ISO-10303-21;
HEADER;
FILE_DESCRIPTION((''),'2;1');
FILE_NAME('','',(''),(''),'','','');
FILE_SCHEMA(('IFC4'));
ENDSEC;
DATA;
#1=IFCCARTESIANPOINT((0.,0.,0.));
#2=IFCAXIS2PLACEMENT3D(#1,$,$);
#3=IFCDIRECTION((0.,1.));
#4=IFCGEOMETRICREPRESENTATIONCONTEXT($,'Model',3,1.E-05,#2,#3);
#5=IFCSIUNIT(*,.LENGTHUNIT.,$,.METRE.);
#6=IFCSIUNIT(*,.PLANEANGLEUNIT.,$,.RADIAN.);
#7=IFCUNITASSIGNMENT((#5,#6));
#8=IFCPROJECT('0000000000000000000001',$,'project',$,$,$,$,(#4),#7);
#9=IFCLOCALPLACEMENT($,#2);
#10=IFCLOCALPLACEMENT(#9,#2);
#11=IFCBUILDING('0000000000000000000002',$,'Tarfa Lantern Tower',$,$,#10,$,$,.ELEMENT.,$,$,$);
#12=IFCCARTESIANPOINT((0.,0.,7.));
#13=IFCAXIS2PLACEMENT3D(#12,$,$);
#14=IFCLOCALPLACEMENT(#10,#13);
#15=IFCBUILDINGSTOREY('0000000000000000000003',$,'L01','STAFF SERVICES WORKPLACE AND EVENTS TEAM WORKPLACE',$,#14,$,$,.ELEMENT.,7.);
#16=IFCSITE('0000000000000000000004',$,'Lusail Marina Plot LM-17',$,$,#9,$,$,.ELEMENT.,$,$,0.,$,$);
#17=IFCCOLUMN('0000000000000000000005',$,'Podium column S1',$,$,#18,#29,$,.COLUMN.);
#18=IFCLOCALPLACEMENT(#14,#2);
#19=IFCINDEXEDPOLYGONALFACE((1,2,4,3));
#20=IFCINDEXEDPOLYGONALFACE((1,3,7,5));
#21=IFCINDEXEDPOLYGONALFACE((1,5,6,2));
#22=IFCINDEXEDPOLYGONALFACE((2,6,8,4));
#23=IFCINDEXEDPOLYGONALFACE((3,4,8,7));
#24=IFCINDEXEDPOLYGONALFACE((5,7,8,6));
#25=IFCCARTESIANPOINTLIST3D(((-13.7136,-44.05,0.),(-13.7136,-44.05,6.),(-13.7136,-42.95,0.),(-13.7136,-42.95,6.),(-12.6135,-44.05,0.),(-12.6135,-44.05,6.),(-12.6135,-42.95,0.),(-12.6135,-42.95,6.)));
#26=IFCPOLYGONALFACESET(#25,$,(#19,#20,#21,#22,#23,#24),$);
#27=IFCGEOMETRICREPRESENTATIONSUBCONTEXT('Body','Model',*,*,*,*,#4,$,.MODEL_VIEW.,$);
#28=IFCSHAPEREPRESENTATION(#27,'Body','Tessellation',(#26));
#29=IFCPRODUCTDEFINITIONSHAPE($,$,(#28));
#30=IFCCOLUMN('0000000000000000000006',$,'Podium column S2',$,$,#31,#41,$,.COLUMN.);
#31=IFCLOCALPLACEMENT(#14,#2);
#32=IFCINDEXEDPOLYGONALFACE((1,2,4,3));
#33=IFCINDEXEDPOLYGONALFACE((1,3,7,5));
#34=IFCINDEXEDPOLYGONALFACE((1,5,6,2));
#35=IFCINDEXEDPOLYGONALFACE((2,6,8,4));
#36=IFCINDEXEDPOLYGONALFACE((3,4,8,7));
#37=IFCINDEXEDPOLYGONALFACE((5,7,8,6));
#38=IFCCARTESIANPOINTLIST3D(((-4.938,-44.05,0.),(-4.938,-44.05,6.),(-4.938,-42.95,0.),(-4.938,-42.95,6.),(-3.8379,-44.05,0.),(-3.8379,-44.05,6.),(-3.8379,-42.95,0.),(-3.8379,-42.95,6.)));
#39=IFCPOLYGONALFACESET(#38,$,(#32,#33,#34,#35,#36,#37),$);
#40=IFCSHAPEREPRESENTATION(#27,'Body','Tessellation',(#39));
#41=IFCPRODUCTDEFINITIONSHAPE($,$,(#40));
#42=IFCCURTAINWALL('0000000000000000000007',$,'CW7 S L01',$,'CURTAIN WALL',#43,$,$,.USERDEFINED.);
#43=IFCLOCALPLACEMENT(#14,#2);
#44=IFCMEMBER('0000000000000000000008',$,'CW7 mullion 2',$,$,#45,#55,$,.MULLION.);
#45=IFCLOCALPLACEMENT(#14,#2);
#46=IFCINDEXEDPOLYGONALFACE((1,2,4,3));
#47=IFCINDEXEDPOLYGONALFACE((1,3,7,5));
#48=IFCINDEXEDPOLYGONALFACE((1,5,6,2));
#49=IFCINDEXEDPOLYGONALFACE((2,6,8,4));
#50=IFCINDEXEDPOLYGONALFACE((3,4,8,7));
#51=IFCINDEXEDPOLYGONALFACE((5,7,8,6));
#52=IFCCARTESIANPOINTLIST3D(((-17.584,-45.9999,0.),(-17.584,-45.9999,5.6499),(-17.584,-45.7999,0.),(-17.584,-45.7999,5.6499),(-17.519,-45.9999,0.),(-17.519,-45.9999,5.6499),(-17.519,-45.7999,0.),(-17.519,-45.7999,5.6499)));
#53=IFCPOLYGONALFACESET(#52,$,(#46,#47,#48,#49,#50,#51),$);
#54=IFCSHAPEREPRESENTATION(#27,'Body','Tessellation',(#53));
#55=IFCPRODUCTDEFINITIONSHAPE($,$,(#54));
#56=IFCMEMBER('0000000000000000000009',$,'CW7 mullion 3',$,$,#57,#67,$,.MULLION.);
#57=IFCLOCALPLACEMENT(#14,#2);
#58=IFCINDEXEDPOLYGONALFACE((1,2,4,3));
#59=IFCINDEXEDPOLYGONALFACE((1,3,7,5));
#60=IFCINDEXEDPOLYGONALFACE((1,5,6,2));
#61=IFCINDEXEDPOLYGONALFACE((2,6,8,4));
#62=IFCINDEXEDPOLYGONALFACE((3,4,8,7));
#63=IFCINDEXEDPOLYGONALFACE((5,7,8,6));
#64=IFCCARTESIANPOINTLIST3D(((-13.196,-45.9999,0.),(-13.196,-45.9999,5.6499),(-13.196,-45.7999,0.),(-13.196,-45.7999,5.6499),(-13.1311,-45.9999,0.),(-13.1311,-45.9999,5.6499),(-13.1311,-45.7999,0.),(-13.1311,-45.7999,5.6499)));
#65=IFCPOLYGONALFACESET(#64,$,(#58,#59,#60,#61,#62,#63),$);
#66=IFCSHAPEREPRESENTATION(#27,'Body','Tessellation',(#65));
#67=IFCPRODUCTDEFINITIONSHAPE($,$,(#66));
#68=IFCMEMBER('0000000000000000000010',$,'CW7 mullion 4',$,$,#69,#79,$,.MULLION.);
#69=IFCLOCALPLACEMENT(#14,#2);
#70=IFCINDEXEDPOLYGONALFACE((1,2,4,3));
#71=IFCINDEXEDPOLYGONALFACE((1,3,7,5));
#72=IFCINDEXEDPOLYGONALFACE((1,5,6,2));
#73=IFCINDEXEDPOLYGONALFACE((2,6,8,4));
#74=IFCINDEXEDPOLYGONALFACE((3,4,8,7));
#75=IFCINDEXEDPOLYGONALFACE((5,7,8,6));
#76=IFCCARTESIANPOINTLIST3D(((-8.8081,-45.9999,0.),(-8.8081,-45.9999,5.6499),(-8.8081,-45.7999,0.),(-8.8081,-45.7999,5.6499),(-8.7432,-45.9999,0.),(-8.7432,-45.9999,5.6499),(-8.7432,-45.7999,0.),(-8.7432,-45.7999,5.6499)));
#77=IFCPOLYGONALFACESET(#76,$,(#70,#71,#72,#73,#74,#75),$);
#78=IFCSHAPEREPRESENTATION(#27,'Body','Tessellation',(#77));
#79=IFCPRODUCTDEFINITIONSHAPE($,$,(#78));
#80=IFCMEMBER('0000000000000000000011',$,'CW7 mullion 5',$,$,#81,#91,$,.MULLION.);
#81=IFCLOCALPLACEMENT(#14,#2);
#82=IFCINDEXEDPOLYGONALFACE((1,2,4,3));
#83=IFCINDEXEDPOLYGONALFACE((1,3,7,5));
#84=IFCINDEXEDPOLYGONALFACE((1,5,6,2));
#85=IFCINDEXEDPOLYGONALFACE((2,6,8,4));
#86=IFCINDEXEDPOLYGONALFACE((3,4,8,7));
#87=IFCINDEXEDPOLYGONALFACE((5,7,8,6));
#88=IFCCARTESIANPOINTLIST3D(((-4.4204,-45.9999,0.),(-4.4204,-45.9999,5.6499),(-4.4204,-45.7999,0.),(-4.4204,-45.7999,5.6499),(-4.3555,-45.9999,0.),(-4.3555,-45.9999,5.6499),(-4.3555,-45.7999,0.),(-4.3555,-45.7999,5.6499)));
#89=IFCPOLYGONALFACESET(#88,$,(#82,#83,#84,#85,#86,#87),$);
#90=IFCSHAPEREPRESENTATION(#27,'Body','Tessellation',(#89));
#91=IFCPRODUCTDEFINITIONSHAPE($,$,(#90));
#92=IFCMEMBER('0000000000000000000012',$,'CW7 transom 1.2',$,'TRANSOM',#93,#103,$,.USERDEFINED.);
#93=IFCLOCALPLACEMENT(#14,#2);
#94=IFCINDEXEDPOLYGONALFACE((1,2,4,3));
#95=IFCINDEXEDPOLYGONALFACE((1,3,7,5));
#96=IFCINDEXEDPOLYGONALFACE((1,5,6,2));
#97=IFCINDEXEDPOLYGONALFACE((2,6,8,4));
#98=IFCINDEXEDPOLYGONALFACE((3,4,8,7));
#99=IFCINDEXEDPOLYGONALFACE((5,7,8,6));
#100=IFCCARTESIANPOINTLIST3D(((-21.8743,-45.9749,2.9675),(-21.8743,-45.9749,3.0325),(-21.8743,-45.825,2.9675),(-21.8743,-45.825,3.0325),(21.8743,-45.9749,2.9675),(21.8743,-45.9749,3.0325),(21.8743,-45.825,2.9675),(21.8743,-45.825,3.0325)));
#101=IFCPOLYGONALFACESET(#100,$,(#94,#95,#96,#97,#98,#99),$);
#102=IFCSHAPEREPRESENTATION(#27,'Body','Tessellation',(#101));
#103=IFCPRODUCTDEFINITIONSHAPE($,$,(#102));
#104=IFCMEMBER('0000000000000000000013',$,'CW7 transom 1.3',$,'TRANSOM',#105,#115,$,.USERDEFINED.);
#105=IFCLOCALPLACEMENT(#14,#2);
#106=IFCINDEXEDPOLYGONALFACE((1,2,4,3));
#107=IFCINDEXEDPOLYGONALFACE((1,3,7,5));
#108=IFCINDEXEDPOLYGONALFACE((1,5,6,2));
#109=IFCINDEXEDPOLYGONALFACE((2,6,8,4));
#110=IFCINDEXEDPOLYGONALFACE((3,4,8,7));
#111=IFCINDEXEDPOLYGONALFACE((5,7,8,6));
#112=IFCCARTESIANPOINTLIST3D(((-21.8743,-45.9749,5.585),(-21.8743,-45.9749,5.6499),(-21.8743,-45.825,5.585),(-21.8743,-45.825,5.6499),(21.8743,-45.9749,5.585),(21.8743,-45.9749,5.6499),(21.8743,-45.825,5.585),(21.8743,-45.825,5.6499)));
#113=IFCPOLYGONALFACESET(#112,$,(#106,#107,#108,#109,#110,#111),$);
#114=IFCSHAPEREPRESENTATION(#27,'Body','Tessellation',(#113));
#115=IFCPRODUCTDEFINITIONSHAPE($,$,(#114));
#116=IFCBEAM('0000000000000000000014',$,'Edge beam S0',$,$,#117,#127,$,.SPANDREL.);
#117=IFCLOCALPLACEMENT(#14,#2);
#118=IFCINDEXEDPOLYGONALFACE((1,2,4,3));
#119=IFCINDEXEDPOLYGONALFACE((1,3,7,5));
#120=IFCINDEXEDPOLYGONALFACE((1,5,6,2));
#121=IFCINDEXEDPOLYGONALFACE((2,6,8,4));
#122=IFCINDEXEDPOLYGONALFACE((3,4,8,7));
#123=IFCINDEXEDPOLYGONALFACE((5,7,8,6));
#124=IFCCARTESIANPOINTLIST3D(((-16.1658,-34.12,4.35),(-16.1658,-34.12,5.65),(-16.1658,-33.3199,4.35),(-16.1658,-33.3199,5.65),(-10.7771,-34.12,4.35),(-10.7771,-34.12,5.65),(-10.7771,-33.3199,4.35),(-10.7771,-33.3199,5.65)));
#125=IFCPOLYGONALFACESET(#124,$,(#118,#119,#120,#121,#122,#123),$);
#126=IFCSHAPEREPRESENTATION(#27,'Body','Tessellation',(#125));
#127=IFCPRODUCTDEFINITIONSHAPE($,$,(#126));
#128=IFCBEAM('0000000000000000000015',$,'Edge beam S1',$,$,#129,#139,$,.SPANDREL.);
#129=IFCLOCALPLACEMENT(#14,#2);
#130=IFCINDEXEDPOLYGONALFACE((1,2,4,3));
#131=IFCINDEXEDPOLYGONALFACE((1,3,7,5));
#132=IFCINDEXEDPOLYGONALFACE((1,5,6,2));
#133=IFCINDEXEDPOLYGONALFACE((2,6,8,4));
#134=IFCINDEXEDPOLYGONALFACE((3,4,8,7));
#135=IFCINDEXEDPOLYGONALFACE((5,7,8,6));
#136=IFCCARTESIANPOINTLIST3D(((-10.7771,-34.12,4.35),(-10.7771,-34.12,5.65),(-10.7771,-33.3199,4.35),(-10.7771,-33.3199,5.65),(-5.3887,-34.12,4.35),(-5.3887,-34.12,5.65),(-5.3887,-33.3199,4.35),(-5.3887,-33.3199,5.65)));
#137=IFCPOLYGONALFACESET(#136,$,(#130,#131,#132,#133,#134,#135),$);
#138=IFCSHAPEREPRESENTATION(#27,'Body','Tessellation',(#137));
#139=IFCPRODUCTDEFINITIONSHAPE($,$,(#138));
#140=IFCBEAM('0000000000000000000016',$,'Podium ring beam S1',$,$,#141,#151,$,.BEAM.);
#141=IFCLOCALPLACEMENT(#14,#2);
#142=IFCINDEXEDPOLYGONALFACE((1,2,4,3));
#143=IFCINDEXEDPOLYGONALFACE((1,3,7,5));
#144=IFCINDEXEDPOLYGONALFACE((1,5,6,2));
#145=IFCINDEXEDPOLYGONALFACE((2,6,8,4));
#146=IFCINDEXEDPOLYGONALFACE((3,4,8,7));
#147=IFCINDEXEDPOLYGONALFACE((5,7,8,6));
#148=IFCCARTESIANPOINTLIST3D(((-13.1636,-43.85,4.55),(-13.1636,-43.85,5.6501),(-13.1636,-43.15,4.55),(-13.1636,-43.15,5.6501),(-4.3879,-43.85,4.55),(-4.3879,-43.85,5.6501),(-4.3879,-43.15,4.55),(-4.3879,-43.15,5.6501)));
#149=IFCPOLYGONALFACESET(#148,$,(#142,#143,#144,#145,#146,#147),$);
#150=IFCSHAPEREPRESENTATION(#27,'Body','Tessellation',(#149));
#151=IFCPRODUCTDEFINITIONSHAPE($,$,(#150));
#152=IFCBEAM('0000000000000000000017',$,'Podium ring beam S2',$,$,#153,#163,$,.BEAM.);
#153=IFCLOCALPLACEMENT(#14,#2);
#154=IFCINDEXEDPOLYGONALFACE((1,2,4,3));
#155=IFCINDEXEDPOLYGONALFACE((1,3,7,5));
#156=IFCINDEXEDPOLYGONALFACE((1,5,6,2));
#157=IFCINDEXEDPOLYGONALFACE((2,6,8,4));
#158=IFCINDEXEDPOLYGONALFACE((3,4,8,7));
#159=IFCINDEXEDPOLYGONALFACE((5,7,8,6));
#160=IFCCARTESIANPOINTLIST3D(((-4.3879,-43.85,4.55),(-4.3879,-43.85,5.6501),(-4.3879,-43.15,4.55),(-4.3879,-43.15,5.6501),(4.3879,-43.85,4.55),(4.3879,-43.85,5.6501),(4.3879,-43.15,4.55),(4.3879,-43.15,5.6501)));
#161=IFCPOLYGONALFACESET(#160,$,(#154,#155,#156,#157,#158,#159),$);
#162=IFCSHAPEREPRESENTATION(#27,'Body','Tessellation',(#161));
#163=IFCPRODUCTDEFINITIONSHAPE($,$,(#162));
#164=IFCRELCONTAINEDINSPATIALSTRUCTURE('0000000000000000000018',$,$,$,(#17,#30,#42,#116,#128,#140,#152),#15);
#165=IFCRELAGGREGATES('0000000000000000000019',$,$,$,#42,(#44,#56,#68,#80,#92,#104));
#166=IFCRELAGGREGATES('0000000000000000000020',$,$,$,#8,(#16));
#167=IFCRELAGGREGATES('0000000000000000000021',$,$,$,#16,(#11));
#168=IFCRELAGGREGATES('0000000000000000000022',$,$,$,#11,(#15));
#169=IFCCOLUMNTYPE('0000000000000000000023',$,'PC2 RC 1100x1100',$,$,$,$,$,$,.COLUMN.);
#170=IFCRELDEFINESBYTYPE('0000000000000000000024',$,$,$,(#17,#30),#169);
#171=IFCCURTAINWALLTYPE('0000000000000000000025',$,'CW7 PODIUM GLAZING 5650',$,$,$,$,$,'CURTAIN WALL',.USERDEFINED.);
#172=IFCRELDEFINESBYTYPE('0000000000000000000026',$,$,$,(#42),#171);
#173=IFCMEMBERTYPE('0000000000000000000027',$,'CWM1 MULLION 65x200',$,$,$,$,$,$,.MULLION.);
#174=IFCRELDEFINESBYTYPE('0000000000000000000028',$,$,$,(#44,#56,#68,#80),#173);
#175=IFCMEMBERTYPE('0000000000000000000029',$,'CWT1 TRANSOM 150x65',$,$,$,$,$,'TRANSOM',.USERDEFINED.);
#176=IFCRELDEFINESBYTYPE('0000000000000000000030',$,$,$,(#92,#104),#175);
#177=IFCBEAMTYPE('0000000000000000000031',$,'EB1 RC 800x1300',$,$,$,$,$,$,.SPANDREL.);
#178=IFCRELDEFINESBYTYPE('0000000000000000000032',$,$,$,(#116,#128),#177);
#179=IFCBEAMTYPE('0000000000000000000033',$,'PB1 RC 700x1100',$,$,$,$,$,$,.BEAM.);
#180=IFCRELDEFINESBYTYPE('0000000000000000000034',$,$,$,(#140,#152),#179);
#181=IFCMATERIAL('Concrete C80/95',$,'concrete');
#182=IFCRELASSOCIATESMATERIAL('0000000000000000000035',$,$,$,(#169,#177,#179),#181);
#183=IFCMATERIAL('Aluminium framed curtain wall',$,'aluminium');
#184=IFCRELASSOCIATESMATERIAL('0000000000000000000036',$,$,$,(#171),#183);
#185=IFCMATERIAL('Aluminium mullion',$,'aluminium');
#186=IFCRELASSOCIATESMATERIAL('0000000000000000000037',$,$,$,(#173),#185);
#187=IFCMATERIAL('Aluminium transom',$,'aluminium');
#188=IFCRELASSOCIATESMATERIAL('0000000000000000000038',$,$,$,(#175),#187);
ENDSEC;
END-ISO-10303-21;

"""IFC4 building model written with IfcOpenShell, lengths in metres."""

from ifc_helpers import new_model, si_unit, direction, frame, origin, origin_2d, place, context, subcontext, project, spatial, rectangle, extrude, material, material_profile, profile_set, type_object, element, aggregate, save


model = new_model("IFC4")

# Units and contexts
model_context = context("Model", 3, precision=1e-05, world=origin(), true_north=direction((0.0, 1.0)))
body_context = subcontext(model_context, "Body", "Model", "MODEL_VIEW")
ifc_project = project(units=[si_unit("LENGTHUNIT", "METRE"), si_unit("PLANEANGLEUNIT", "RADIAN")], contexts=[model_context])

# Site, building, storey
site_placement = place(None, origin())
site = spatial("IfcSite", under=ifc_project, at=site_placement, Name="Lusail Marina Plot LM-17", CompositionType="ELEMENT", RefElevation=0.0)
building_placement = place(site_placement, origin())
building = spatial("IfcBuilding", under=site, at=building_placement, Name="Tarfa Lantern Tower", CompositionType="ELEMENT")
storey_placement = place(building_placement, frame((0.0, 0.0, 7.0)))
storey = spatial("IfcBuildingStorey", under=building, at=storey_placement, Name="L01", Description="STAFF SERVICES WORKPLACE AND EVENTS TEAM WORKPLACE", CompositionType="ELEMENT", Elevation=7.0)

# Columns
ifc_material_1 = material(Name="Concrete C80/95", Category="concrete")
ifc_material_profile_1 = material_profile(ifc_material_1, rectangle(XDim=1.1001, YDim=1.1001, at=origin_2d()), Name="RC 1100x1100")
ifc_profile_set_1 = profile_set([ifc_material_profile_1], Name="Concrete C80/95")
column_type = type_object("IfcColumnType", Name="PC2 RC 1100x1100", PredefinedType="COLUMN", material=ifc_profile_set_1)
for number, where, z_axis, x_axis, name in (
    (1, (-13.1636, -43.5, 0.0), (0.0, 0.0, 1.0), (1.0, 0.0, 0.0), "Podium column S1"),
    (2, (-4.3879, -43.5, 0.0), (0.0, 0.0, 1.0), (1.0, 0.0, 0.0), "Podium column S2"),
):
    element("IfcColumn", number, at=place(storey_placement, frame(where, z_axis=z_axis, x_axis=x_axis)), inside=storey, type_object=column_type, Name=name, PredefinedType="COLUMN", context=body_context, shape_type="SweptSolid", body=[
        extrude(rectangle(XDim=1.1001, YDim=1.1001, at=origin_2d()), origin(), (0.0, 0.0, 1.0), 6.0),
    ])

# Curtain wall, members
ifc_material_2 = material(Name="Aluminium framed curtain wall", Category="aluminium")
curtain_wall_type = type_object("IfcCurtainWallType", Name="CW7 PODIUM GLAZING 5650", ElementType="CURTAIN WALL", PredefinedType="USERDEFINED", material=ifc_material_2)
curtain_wall_placement = place(storey_placement, origin())
curtain_wall = element("IfcCurtainWall", 3, at=curtain_wall_placement, inside=storey, type_object=curtain_wall_type, Name="CW7 S L01", ObjectType="CURTAIN WALL", PredefinedType="USERDEFINED")
ifc_material_3 = material(Name="Aluminium mullion", Category="aluminium")
ifc_material_profile_2 = material_profile(ifc_material_3, rectangle(XDim=0.0649, YDim=0.2, at=origin_2d()), Name="AL MULLION 65x200")
ifc_profile_set_2 = profile_set([ifc_material_profile_2], Name="Aluminium mullion")
member_type_1 = type_object("IfcMemberType", Name="CWM1 MULLION 65x200", PredefinedType="MULLION", material=ifc_profile_set_2)
member_1_placement = place(storey_placement, frame((-17.5515, -45.8999, 0.0), z_axis=(0.0, 0.0, 1.0), x_axis=(1.0, 0.0, 0.0)))
member_1 = element("IfcMember", 4, at=member_1_placement, type_object=member_type_1, Name="CW7 mullion 2", PredefinedType="MULLION", context=body_context, shape_type="SweptSolid", body=[
    extrude(rectangle(XDim=0.0649, YDim=0.2, at=origin_2d()), origin(), (0.0, 0.0, 1.0), 5.6499),
])
member_2_placement = place(storey_placement, frame((-13.1636, -45.8999, 0.0), z_axis=(0.0, 0.0, 1.0), x_axis=(1.0, 0.0, 0.0)))
member_2 = element("IfcMember", 5, at=member_2_placement, type_object=member_type_1, Name="CW7 mullion 3", PredefinedType="MULLION", context=body_context, shape_type="SweptSolid", body=[
    extrude(rectangle(XDim=0.0649, YDim=0.2, at=origin_2d()), origin(), (0.0, 0.0, 1.0), 5.6499),
])
member_3_placement = place(storey_placement, frame((-8.7756, -45.8999, 0.0), z_axis=(0.0, 0.0, 1.0), x_axis=(1.0, 0.0, 0.0)))
member_3 = element("IfcMember", 6, at=member_3_placement, type_object=member_type_1, Name="CW7 mullion 4", PredefinedType="MULLION", context=body_context, shape_type="SweptSolid", body=[
    extrude(rectangle(XDim=0.0649, YDim=0.2, at=origin_2d()), origin(), (0.0, 0.0, 1.0), 5.6499),
])
member_4_placement = place(storey_placement, frame((-4.3879, -45.8999, 0.0), z_axis=(0.0, 0.0, 1.0), x_axis=(1.0, 0.0, 0.0)))
member_4 = element("IfcMember", 7, at=member_4_placement, type_object=member_type_1, Name="CW7 mullion 5", PredefinedType="MULLION", context=body_context, shape_type="SweptSolid", body=[
    extrude(rectangle(XDim=0.0649, YDim=0.2, at=origin_2d()), origin(), (0.0, 0.0, 1.0), 5.6499),
])
ifc_material_4 = material(Name="Aluminium transom", Category="aluminium")
ifc_material_profile_3 = material_profile(ifc_material_4, rectangle(XDim=0.1499, YDim=0.0649, at=origin_2d()), Name="AL TRANSOM 150x65")
ifc_profile_set_3 = profile_set([ifc_material_profile_3], Name="Aluminium transom")
member_type_2 = type_object("IfcMemberType", Name="CWT1 TRANSOM 150x65", ElementType="TRANSOM", PredefinedType="USERDEFINED", material=ifc_profile_set_3)
member_5_placement = place(storey_placement, frame((-21.8743, -45.8999, 3.0), z_axis=(1.0, 0.0, 0.0), x_axis=(0.0, 1.0, 0.0)))
member_5 = element("IfcMember", 8, at=member_5_placement, type_object=member_type_2, Name="CW7 transom 1.2", ObjectType="TRANSOM", PredefinedType="USERDEFINED", context=body_context, shape_type="SweptSolid", body=[
    extrude(rectangle(XDim=0.1499, YDim=0.0649, at=origin_2d()), origin(), (0.0, 0.0, 1.0), 43.7485),
])
member_6_placement = place(storey_placement, frame((-21.8743, -45.8999, 5.6174), z_axis=(1.0, 0.0, 0.0), x_axis=(0.0, 1.0, 0.0)))
member_6 = element("IfcMember", 9, at=member_6_placement, type_object=member_type_2, Name="CW7 transom 1.3", ObjectType="TRANSOM", PredefinedType="USERDEFINED", context=body_context, shape_type="SweptSolid", body=[
    extrude(rectangle(XDim=0.1499, YDim=0.0649, at=origin_2d()), origin(), (0.0, 0.0, 1.0), 43.7485),
])

# Beams
ifc_material_profile_4 = material_profile(ifc_material_1, rectangle(XDim=0.8, YDim=1.3, at=origin_2d()), Name="RC 800x1300")
ifc_profile_set_4 = profile_set([ifc_material_profile_4], Name="Concrete C80/95")
beam_type_1 = type_object("IfcBeamType", Name="EB1 RC 800x1300", PredefinedType="SPANDREL", material=ifc_profile_set_4)
beam_1_placement = place(storey_placement, frame((-16.1658, -33.72, 5.0), z_axis=(1.0, 0.0, 0.0), x_axis=(0.0, 1.0, 0.0)))
element("IfcBeam", 10, at=beam_1_placement, inside=storey, type_object=beam_type_1, Name="Edge beam S0", PredefinedType="SPANDREL", context=body_context, shape_type="SweptSolid", body=[
    extrude(rectangle(XDim=0.8, YDim=1.3, at=origin_2d()), origin(), (0.0, 0.0, 1.0), 5.3887),
])
beam_2_placement = place(storey_placement, frame((-10.7771, -33.72, 5.0), z_axis=(1.0, 0.0, 0.0), x_axis=(0.0, 1.0, 0.0)))
element("IfcBeam", 11, at=beam_2_placement, inside=storey, type_object=beam_type_1, Name="Edge beam S1", PredefinedType="SPANDREL", context=body_context, shape_type="SweptSolid", body=[
    extrude(rectangle(XDim=0.8, YDim=1.3, at=origin_2d()), origin(), (0.0, 0.0, 1.0), 5.3884),
])
ifc_material_profile_5 = material_profile(ifc_material_1, rectangle(XDim=0.7, YDim=1.1001, at=origin_2d()), Name="RC 700x1100")
ifc_profile_set_5 = profile_set([ifc_material_profile_5], Name="Concrete C80/95")
beam_type_2 = type_object("IfcBeamType", Name="PB1 RC 700x1100", PredefinedType="BEAM", material=ifc_profile_set_5)
beam_3_placement = place(storey_placement, frame((-13.1636, -43.5, 5.1001), z_axis=(1.0, 0.0, 0.0), x_axis=(0.0, 1.0, 0.0)))
element("IfcBeam", 12, at=beam_3_placement, inside=storey, type_object=beam_type_2, Name="Podium ring beam S1", PredefinedType="BEAM", context=body_context, shape_type="SweptSolid", body=[
    extrude(rectangle(XDim=0.7, YDim=1.1001, at=origin_2d()), origin(), (0.0, 0.0, 1.0), 8.7756),
])
beam_4_placement = place(storey_placement, frame((-4.3879, -43.5, 5.1001), z_axis=(1.0, 0.0, 0.0), x_axis=(0.0, 1.0, 0.0)))
element("IfcBeam", 13, at=beam_4_placement, inside=storey, type_object=beam_type_2, Name="Podium ring beam S2", PredefinedType="BEAM", context=body_context, shape_type="SweptSolid", body=[
    extrude(rectangle(XDim=0.7, YDim=1.1001, at=origin_2d()), origin(), (0.0, 0.0, 1.0), 8.7759),
])

aggregate(curtain_wall, [member_1, member_2, member_3, member_4, member_5, member_6])

save(model, "model.ifc")
